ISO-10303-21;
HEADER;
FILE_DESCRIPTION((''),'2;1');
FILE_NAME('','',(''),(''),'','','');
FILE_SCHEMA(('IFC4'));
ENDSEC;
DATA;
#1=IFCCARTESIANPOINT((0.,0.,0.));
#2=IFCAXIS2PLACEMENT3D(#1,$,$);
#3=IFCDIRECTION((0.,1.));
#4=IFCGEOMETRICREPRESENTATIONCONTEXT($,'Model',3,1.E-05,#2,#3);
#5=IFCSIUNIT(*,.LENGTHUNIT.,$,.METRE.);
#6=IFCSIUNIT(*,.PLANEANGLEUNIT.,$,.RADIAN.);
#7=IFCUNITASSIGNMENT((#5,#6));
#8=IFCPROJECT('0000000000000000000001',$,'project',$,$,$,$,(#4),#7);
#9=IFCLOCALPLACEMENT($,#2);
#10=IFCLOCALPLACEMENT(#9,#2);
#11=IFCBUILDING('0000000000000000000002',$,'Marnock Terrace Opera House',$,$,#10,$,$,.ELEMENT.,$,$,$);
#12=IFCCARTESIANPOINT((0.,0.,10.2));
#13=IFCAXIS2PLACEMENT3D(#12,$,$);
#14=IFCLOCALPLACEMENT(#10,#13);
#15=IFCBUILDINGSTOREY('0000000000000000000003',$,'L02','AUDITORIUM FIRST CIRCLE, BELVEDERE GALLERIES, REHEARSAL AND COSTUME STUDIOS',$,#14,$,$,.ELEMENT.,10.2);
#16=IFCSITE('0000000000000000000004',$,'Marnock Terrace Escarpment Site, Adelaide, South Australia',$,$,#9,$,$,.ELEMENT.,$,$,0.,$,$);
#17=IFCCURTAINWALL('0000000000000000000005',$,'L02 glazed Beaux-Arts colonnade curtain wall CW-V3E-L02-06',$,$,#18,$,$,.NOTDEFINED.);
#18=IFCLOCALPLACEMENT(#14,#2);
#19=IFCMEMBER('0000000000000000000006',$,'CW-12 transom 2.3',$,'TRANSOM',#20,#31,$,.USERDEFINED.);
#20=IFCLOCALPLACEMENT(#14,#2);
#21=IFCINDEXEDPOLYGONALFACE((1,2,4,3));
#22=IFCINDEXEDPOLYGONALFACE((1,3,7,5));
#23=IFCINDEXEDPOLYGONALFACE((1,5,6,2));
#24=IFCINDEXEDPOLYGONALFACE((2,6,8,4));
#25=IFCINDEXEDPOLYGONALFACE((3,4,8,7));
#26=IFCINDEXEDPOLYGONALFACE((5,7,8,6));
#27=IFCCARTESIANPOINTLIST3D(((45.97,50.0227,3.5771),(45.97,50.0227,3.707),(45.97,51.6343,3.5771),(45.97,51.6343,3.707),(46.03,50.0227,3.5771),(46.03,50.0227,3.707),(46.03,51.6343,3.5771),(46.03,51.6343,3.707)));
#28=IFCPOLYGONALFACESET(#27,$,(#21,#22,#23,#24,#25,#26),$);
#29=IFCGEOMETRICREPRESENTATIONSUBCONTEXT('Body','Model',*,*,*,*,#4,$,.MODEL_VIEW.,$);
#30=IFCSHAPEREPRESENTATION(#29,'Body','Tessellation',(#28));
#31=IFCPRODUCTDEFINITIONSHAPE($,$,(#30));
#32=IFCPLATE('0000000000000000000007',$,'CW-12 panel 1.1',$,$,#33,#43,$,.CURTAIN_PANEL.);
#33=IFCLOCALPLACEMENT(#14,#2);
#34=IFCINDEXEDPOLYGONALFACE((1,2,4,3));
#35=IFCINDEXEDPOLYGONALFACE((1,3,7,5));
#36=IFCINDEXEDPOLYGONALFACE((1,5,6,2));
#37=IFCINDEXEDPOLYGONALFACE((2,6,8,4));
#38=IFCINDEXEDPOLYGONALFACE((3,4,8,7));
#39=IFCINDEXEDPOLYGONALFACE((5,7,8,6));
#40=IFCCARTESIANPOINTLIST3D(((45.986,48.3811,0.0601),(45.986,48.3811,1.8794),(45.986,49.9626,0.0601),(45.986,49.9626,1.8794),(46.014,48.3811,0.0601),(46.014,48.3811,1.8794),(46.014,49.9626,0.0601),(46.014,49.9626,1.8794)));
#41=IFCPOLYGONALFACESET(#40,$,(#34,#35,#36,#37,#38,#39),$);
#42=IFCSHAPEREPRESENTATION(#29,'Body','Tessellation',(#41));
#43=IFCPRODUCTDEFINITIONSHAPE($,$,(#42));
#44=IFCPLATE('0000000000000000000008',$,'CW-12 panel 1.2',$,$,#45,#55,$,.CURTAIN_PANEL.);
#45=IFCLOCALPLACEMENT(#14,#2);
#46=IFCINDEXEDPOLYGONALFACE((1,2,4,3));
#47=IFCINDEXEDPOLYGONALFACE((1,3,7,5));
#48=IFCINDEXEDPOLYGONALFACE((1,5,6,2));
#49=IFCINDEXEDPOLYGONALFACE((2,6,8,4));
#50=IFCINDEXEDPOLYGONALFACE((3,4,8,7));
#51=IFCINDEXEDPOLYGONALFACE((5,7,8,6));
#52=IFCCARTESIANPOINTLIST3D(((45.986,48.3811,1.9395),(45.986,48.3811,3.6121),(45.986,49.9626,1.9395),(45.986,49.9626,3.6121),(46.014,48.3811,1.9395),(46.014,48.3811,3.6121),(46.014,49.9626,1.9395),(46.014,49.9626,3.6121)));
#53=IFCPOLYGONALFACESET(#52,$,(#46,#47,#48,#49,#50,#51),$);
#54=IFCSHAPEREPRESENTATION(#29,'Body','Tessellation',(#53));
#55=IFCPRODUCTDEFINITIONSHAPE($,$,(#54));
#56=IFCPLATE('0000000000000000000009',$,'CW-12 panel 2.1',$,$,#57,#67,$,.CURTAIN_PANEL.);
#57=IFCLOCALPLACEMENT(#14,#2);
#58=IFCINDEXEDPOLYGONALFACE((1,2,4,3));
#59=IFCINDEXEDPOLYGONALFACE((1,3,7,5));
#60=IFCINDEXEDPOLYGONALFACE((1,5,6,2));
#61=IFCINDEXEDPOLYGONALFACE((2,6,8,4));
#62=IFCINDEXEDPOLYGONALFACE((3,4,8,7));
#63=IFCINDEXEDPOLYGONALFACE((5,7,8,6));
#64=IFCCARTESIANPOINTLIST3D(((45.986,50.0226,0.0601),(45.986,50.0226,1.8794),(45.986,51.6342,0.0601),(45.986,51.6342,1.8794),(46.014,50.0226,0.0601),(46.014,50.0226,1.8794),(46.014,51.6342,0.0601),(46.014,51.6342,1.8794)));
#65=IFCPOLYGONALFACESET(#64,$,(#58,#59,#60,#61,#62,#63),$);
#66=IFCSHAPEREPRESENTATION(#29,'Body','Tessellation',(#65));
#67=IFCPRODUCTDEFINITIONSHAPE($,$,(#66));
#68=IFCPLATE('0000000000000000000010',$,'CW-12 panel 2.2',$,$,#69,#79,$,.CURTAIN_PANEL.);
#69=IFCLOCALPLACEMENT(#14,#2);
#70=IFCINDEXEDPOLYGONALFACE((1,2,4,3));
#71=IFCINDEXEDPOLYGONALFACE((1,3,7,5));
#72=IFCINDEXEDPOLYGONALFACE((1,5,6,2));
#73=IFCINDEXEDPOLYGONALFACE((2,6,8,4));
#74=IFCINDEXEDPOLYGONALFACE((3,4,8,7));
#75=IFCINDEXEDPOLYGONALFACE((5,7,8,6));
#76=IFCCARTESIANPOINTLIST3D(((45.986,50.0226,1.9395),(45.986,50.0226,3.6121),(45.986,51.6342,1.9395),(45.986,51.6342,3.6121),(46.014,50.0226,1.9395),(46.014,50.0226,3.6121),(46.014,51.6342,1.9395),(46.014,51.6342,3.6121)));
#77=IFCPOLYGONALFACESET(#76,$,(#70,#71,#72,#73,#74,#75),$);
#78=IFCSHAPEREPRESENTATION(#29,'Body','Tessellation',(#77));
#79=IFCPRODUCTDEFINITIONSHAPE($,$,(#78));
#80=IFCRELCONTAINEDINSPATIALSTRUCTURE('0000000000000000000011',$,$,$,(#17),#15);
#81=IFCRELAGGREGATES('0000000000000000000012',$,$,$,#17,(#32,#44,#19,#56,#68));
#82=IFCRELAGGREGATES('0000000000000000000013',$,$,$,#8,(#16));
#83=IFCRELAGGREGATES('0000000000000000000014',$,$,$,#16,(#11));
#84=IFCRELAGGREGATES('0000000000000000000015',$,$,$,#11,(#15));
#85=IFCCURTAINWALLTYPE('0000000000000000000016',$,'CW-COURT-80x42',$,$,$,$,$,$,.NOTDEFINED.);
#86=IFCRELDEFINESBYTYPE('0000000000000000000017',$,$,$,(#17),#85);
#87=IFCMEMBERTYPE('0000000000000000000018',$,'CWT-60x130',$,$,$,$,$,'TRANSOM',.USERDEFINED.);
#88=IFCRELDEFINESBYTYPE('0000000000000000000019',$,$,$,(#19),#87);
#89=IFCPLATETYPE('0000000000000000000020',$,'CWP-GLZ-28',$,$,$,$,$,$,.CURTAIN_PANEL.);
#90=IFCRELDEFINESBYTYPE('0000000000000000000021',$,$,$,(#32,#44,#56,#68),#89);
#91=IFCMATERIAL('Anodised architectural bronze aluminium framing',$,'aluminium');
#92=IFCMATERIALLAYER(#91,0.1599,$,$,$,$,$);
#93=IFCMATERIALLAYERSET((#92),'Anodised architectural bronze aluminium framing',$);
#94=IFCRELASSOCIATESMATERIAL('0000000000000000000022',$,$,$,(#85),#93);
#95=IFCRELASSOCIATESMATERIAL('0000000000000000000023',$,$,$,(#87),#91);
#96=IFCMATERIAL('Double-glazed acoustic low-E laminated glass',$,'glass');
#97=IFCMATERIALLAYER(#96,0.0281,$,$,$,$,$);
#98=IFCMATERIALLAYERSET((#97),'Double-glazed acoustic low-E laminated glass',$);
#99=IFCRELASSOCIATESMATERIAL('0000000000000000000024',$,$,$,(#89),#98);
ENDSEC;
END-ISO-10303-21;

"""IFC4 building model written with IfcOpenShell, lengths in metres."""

from ifc_helpers import new_model, si_unit, direction, frame, origin, origin_2d, place, context, subcontext, project, spatial, rectangle, extrude, material, layer, layer_set, material_profile, profile_set, type_object, element, aggregate, save


model = new_model("IFC4")

# Units and contexts
model_context = context("Model", 3, precision=1e-05, world=origin(), true_north=direction((0.0, 1.0)))
body_context = subcontext(model_context, "Body", "Model", "MODEL_VIEW")
ifc_project = project(units=[si_unit("LENGTHUNIT", "METRE"), si_unit("PLANEANGLEUNIT", "RADIAN")], contexts=[model_context])

# Site, building, storey
site_placement = place(None, origin())
site = spatial("IfcSite", under=ifc_project, at=site_placement, Name="Marnock Terrace Escarpment Site, Adelaide, South Australia", CompositionType="ELEMENT", RefElevation=0.0)
building_placement = place(site_placement, origin())
building = spatial("IfcBuilding", under=site, at=building_placement, Name="Marnock Terrace Opera House", CompositionType="ELEMENT")
storey_placement = place(building_placement, frame((0.0, 0.0, 10.2)))
storey = spatial("IfcBuildingStorey", under=building, at=storey_placement, Name="L02", Description="AUDITORIUM FIRST CIRCLE, BELVEDERE GALLERIES, REHEARSAL AND COSTUME STUDIOS", CompositionType="ELEMENT", Elevation=10.2)

# Curtain wall, member, plates
ifc_material_1 = material(Name="Anodised architectural bronze aluminium framing", Category="aluminium")
ifc_layer_1 = layer(ifc_material_1, 0.1599)
ifc_layer_set_1 = layer_set([ifc_layer_1], Name="Anodised architectural bronze aluminium framing")
curtain_wall_type = type_object("IfcCurtainWallType", Name="CW-COURT-80x42", PredefinedType="NOTDEFINED", material=ifc_layer_set_1)
curtain_wall_placement = place(storey_placement, origin())
curtain_wall = element("IfcCurtainWall", 1, at=curtain_wall_placement, inside=storey, type_object=curtain_wall_type, Name="L02 glazed Beaux-Arts colonnade curtain wall CW-V3E-L02-06", PredefinedType="NOTDEFINED")
ifc_material_profile_1 = material_profile(ifc_material_1, rectangle(XDim=0.0601, YDim=0.1299, at=origin_2d()))
ifc_profile_set_1 = profile_set([ifc_material_profile_1], Name="Anodised architectural bronze aluminium framing")
member_type_1 = type_object("IfcMemberType", Name="CWT-60x130", ElementType="TRANSOM", PredefinedType="USERDEFINED", material=ifc_profile_set_1)
member_1_placement = place(storey_placement, frame((46.0, 50.0227, 3.6421), z_axis=(0.0, 1.0, 0.0), x_axis=(-1.0, 0.0, 0.0)))
member_1 = element("IfcMember", 2, at=member_1_placement, type_object=member_type_1, Name="CW-12 transom 2.3", ObjectType="TRANSOM", PredefinedType="USERDEFINED", context=body_context, shape_type="SweptSolid", body=[
    extrude(rectangle(XDim=0.0601, YDim=0.1299, at=origin_2d()), origin(), (0.0, 0.0, 1.0), 1.6116),
])
ifc_material_2 = material(Name="Double-glazed acoustic low-E laminated glass", Category="glass")
ifc_layer_2 = layer(ifc_material_2, 0.0281)
ifc_layer_set_2 = layer_set([ifc_layer_2], Name="Double-glazed acoustic low-E laminated glass")
plate_type = type_object("IfcPlateType", Name="CWP-GLZ-28", PredefinedType="CURTAIN_PANEL", material=ifc_layer_set_2)
plate_1_placement = place(storey_placement, frame((46.0, 49.1719, 0.0601), z_axis=(0.0, 0.0, 1.0), x_axis=(0.0, 1.0, 0.0)))
plate_1 = element("IfcPlate", 3, at=plate_1_placement, type_object=plate_type, Name="CW-12 panel 1.1", PredefinedType="CURTAIN_PANEL", context=body_context, shape_type="SweptSolid", body=[
    extrude(rectangle(XDim=1.5815, YDim=0.0281, at=origin_2d()), origin(), (0.0, 0.0, 1.0), 1.8193),
])
plate_2_placement = place(storey_placement, frame((46.0, 49.1719, 1.9395), z_axis=(0.0, 0.0, 1.0), x_axis=(0.0, 1.0, 0.0)))
plate_2 = element("IfcPlate", 4, at=plate_2_placement, type_object=plate_type, Name="CW-12 panel 1.2", PredefinedType="CURTAIN_PANEL", context=body_context, shape_type="SweptSolid", body=[
    extrude(rectangle(XDim=1.5815, YDim=0.0281, at=origin_2d()), origin(), (0.0, 0.0, 1.0), 1.6726),
])
plate_3_placement = place(storey_placement, frame((46.0, 50.8284, 0.0601), z_axis=(0.0, 0.0, 1.0), x_axis=(0.0, 1.0, 0.0)))
plate_3 = element("IfcPlate", 5, at=plate_3_placement, type_object=plate_type, Name="CW-12 panel 2.1", PredefinedType="CURTAIN_PANEL", context=body_context, shape_type="SweptSolid", body=[
    extrude(rectangle(XDim=1.6116, YDim=0.0281, at=origin_2d()), origin(), (0.0, 0.0, 1.0), 1.8193),
])
plate_4_placement = place(storey_placement, frame((46.0, 50.8284, 1.9395), z_axis=(0.0, 0.0, 1.0), x_axis=(0.0, 1.0, 0.0)))
plate_4 = element("IfcPlate", 6, at=plate_4_placement, type_object=plate_type, Name="CW-12 panel 2.2", PredefinedType="CURTAIN_PANEL", context=body_context, shape_type="SweptSolid", body=[
    extrude(rectangle(XDim=1.6116, YDim=0.0281, at=origin_2d()), origin(), (0.0, 0.0, 1.0), 1.6726),
])
aggregate(curtain_wall, [plate_1, plate_2, member_1, plate_3, plate_4])

save(model, "model.ifc")
